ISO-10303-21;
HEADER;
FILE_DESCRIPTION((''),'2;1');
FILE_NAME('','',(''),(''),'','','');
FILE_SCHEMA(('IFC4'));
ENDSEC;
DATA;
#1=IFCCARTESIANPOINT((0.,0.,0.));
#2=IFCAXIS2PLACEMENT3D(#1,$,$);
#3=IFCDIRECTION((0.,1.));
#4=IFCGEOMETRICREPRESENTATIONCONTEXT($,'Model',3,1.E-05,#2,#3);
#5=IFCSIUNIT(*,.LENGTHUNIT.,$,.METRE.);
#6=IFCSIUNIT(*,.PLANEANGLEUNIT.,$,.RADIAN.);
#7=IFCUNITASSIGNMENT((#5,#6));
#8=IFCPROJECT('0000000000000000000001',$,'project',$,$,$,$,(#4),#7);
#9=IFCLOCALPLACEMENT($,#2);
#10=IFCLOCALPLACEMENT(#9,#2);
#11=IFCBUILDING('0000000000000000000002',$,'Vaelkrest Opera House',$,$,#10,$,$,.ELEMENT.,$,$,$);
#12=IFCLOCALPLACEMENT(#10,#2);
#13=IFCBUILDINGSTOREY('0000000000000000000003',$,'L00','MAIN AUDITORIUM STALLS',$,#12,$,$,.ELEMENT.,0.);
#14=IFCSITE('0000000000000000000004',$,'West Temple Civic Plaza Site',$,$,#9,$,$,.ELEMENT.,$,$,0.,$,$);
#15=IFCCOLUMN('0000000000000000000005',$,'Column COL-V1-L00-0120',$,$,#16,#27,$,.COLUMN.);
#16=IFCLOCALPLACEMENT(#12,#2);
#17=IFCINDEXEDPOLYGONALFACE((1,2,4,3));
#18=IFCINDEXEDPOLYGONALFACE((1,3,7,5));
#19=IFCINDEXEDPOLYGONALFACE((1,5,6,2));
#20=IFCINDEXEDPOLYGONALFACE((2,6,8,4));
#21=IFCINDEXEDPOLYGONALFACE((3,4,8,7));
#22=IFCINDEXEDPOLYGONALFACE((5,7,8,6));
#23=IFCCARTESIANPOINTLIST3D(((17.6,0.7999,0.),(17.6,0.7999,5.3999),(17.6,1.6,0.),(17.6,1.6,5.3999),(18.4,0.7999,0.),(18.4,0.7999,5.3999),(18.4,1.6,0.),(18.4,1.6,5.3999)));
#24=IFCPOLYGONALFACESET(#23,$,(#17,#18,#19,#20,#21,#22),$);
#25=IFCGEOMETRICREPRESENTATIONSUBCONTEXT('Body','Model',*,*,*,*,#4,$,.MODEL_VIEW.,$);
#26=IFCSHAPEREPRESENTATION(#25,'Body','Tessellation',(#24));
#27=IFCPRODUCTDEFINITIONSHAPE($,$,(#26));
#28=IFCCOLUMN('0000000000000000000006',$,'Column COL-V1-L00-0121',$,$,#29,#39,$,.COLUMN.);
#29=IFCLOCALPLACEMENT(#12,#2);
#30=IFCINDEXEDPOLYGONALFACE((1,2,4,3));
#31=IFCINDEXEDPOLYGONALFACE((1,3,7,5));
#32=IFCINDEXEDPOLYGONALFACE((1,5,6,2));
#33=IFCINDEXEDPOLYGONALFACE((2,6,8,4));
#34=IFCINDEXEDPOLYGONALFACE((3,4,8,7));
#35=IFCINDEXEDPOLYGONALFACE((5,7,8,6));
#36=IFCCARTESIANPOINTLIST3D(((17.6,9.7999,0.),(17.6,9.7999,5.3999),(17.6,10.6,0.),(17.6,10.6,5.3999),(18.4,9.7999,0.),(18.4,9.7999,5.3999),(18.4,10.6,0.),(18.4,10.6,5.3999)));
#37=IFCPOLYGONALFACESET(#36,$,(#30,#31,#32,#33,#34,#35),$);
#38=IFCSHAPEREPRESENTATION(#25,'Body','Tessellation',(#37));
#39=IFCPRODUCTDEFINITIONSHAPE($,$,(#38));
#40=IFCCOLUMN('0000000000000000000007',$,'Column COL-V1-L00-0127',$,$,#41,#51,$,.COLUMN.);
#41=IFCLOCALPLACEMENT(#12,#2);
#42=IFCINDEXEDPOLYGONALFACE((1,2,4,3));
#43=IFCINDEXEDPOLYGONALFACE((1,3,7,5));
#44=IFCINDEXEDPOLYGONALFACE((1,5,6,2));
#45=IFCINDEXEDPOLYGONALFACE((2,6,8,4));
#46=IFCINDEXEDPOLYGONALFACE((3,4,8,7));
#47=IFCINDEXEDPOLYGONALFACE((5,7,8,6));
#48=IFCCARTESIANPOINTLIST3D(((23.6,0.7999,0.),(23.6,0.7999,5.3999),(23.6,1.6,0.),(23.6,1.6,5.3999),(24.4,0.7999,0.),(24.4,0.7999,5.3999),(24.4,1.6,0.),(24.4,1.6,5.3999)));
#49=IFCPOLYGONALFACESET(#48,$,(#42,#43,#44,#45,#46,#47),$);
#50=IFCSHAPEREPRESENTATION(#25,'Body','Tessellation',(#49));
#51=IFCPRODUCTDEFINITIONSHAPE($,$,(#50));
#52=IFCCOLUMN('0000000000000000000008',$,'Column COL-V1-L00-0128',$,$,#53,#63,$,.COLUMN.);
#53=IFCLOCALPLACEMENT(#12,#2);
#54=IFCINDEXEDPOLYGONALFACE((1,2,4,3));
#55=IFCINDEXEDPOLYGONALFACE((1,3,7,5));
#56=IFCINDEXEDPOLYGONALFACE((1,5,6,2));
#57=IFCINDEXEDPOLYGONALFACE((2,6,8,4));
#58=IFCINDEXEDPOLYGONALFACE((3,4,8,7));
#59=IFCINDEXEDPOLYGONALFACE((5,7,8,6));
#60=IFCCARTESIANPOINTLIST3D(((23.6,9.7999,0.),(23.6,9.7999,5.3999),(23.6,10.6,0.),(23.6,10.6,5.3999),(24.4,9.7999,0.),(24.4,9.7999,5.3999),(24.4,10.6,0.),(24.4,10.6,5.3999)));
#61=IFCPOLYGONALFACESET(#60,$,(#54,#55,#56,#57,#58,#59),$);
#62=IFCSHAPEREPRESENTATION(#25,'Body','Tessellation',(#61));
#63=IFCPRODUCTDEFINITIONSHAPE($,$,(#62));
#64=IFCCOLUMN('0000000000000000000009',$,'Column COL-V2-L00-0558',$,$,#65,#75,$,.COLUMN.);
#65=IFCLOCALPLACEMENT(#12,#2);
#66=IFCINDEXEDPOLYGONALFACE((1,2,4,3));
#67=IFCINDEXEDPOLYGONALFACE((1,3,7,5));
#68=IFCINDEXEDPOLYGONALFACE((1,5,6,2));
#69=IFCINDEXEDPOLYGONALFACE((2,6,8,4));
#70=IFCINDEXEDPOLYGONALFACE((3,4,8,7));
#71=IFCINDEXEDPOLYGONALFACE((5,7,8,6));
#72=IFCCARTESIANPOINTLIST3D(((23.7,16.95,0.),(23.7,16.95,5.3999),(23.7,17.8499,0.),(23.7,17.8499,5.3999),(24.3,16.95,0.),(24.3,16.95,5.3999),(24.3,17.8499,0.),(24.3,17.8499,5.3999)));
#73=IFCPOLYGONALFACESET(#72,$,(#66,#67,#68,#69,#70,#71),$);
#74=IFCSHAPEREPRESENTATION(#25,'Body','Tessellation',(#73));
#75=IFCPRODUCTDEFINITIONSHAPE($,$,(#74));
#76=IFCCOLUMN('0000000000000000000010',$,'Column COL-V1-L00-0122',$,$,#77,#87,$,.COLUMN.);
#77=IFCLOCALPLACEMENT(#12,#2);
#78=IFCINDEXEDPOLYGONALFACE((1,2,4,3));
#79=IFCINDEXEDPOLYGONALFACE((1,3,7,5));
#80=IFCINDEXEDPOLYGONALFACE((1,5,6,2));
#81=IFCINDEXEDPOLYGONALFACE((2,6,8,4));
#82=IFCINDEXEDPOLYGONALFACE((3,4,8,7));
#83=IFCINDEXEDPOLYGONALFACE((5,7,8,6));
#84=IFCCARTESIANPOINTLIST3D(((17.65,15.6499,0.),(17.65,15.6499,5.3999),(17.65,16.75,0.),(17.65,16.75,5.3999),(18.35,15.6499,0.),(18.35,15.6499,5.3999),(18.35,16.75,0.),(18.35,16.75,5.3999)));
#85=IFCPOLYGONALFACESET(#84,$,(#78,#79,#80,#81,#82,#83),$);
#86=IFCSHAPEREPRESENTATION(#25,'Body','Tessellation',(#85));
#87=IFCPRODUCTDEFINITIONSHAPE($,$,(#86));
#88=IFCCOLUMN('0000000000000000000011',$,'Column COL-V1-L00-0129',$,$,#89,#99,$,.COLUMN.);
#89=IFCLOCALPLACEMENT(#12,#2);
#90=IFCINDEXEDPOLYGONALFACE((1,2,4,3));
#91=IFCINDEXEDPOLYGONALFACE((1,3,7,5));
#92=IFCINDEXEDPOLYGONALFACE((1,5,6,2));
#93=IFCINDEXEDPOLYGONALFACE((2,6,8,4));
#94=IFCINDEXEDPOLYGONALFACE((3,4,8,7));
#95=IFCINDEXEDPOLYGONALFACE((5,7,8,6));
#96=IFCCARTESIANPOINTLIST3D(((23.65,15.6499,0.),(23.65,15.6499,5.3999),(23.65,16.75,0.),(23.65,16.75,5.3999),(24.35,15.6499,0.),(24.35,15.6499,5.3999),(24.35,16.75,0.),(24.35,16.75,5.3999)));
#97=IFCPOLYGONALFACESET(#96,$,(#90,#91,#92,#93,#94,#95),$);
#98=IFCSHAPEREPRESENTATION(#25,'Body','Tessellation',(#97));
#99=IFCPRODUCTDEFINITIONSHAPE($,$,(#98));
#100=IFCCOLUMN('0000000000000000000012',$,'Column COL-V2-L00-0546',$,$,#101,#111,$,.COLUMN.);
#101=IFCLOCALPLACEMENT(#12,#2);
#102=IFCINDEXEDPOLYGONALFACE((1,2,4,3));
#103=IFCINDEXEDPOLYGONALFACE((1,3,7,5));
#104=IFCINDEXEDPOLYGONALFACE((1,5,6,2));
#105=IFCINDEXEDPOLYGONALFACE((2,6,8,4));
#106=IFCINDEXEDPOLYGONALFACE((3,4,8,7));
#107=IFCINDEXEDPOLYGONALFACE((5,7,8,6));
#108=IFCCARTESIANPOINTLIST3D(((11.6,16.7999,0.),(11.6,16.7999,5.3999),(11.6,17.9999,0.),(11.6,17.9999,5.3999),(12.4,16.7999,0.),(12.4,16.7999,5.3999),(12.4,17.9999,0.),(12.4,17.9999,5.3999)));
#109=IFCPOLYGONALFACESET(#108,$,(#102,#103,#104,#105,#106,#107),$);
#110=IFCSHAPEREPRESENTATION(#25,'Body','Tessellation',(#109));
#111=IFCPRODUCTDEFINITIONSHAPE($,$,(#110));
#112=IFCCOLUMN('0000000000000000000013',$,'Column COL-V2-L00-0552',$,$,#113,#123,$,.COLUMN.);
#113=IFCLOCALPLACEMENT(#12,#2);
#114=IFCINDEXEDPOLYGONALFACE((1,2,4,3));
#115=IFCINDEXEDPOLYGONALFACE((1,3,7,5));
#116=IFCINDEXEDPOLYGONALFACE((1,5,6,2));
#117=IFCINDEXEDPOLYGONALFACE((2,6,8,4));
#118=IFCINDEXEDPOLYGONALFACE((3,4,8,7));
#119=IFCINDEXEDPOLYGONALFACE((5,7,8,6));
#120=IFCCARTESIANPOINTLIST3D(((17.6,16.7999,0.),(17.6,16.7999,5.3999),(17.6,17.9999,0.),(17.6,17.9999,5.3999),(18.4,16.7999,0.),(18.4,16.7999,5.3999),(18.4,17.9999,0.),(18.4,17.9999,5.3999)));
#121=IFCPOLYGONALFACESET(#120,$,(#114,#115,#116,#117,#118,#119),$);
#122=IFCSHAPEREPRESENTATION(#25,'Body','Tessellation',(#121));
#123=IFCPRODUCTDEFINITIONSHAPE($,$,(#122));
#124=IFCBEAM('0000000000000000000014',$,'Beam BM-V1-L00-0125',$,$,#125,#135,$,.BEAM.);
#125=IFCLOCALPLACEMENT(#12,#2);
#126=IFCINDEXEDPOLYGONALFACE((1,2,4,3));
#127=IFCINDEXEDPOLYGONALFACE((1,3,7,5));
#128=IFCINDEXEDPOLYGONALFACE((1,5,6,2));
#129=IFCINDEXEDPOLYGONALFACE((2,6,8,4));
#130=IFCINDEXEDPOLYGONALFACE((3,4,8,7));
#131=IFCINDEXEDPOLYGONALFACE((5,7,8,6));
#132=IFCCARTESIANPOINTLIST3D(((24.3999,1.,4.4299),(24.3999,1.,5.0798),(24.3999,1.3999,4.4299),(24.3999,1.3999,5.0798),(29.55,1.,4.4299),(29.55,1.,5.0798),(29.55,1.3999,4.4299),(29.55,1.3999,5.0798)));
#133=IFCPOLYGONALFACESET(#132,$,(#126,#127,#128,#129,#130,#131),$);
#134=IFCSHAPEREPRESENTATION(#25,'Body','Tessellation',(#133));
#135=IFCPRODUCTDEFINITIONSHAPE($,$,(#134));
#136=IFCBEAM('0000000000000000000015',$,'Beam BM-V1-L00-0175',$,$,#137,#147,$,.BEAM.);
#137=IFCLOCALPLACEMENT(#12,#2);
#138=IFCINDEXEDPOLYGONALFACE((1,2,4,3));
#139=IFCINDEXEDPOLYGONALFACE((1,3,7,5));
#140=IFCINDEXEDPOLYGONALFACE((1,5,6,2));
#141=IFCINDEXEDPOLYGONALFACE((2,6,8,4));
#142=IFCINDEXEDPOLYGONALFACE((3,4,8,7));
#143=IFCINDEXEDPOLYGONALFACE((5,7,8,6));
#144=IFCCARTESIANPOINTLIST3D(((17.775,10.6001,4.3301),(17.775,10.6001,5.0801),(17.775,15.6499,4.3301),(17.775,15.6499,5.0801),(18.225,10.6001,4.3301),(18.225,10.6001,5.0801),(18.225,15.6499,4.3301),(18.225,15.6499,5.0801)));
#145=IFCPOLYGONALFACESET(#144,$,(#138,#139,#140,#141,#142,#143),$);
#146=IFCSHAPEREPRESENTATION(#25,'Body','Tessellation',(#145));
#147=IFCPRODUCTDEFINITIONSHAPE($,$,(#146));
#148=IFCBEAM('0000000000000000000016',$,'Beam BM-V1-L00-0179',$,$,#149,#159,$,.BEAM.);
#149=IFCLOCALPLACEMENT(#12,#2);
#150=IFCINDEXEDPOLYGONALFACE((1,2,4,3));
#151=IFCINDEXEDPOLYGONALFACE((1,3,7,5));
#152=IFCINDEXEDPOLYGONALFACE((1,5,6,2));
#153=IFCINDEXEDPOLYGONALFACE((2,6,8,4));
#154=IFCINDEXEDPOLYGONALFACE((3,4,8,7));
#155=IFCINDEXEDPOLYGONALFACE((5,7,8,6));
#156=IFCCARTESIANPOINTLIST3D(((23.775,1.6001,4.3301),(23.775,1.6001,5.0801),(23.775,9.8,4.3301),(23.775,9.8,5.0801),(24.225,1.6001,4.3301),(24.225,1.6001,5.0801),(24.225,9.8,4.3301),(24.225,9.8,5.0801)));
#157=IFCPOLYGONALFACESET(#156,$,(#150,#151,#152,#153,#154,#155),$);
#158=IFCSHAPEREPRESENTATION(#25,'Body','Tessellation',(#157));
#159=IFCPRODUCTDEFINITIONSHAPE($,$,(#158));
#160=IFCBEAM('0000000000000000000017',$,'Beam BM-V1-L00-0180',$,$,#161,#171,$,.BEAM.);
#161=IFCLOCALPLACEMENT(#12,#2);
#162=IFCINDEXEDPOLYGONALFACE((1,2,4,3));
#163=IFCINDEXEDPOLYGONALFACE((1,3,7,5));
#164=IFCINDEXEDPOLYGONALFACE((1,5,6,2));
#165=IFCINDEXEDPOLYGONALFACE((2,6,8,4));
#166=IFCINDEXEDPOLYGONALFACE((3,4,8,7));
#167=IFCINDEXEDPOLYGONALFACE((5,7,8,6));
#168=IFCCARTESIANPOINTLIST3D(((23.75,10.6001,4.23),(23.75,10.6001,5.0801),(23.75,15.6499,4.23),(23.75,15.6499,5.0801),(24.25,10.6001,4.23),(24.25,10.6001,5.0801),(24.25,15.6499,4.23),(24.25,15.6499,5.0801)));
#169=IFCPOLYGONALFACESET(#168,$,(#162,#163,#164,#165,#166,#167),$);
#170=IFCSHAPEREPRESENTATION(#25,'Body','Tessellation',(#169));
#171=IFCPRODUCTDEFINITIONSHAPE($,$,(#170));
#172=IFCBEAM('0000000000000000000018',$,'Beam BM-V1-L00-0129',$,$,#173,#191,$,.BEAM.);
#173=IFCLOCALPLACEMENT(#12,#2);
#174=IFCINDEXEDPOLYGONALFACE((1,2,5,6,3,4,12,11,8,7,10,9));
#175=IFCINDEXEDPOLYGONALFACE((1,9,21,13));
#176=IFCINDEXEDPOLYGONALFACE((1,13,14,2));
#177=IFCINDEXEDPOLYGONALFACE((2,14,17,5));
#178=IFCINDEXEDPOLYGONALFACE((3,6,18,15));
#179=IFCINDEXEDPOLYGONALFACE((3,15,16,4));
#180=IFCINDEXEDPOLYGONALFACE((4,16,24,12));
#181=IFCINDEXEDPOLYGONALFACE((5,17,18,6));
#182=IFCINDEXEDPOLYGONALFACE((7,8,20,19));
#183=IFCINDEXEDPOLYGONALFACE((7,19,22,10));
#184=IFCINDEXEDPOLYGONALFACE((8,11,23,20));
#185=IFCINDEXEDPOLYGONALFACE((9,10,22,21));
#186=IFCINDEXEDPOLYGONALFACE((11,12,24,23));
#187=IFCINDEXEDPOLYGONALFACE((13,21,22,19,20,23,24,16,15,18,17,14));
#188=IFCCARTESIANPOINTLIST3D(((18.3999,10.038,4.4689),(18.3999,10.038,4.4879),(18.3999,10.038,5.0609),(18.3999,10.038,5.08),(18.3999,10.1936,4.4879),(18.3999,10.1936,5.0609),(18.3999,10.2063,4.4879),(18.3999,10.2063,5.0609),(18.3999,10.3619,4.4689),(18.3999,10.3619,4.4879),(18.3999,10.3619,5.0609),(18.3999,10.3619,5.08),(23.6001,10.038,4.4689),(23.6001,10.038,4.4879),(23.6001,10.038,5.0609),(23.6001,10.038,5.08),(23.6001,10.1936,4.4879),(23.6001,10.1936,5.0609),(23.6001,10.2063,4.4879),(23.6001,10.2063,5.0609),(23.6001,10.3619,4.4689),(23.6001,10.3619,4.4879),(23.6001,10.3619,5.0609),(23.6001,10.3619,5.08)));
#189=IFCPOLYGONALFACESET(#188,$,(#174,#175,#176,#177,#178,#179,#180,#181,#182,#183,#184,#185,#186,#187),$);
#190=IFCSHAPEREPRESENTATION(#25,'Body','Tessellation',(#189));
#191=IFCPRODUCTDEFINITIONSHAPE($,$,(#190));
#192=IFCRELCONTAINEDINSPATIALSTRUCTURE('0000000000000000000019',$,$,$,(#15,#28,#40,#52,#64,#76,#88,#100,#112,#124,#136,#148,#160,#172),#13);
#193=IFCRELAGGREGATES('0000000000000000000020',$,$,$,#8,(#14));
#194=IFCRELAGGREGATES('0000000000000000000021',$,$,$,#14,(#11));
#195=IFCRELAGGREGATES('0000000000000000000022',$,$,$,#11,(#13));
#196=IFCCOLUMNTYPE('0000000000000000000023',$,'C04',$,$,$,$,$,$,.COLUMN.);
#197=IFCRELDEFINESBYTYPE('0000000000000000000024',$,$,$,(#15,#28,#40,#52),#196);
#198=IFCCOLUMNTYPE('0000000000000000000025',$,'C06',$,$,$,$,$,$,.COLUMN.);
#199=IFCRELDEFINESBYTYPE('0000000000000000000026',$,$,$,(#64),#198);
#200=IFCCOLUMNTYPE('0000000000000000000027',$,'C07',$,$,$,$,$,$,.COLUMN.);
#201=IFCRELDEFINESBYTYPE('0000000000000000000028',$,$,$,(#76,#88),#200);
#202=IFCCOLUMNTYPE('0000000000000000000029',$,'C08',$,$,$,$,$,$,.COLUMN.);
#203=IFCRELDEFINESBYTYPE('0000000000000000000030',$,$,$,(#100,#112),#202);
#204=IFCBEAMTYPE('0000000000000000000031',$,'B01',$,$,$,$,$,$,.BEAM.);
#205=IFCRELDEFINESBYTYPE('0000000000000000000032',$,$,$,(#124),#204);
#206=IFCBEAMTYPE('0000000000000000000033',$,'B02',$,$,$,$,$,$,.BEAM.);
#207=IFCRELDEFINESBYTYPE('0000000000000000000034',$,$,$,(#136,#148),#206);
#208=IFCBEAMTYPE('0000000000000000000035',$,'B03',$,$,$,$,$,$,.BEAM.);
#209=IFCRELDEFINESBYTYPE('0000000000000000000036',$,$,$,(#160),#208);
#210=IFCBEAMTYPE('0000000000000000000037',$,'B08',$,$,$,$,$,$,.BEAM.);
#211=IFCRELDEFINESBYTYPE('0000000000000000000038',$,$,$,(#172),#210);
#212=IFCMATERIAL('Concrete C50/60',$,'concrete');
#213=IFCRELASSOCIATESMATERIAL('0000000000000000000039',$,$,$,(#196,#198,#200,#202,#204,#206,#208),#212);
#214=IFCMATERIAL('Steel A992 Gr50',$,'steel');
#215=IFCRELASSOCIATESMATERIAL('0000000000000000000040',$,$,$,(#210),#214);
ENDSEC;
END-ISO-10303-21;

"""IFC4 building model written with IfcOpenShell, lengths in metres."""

from ifc_helpers import new_model, si_unit, direction, frame, origin, origin_2d, place, context, subcontext, project, spatial, rectangle, i_section, extrude, material, material_profile, profile_set, type_object, element, save


model = new_model("IFC4")

# Units and contexts
model_context = context("Model", 3, precision=1e-05, world=origin(), true_north=direction((0.0, 1.0)))
body_context = subcontext(model_context, "Body", "Model", "MODEL_VIEW")
ifc_project = project(units=[si_unit("LENGTHUNIT", "METRE"), si_unit("PLANEANGLEUNIT", "RADIAN")], contexts=[model_context])

# Site, building, storey
site_placement = place(None, origin())
site = spatial("IfcSite", under=ifc_project, at=site_placement, Name="West Temple Civic Plaza Site", CompositionType="ELEMENT", RefElevation=0.0)
building_placement = place(site_placement, origin())
building = spatial("IfcBuilding", under=site, at=building_placement, Name="Vaelkrest Opera House", CompositionType="ELEMENT")
storey_placement = place(building_placement, origin())
storey = spatial("IfcBuildingStorey", under=building, at=storey_placement, Name="L00", Description="MAIN AUDITORIUM STALLS", CompositionType="ELEMENT", Elevation=0.0)

# Columns
ifc_material_1 = material(Name="Concrete C50/60", Category="concrete")
ifc_material_profile_1 = material_profile(ifc_material_1, rectangle(XDim=0.8, YDim=0.8, at=origin_2d()), Name="RC800X800")
ifc_profile_set_1 = profile_set([ifc_material_profile_1], Name="Concrete C50/60")
column_type_1 = type_object("IfcColumnType", Name="C04", PredefinedType="COLUMN", material=ifc_profile_set_1)
for number, where, z_axis, x_axis, name in (
    (1, (18.0, 1.2, 0.0), (0.0, 0.0, 1.0), (1.0, 0.0, 0.0), "Column COL-V1-L00-0120"),
    (2, (18.0, 10.2, 0.0), (0.0, 0.0, 1.0), (1.0, 0.0, 0.0), "Column COL-V1-L00-0121"),
    (3, (24.0, 1.2, 0.0), (0.0, 0.0, 1.0), (1.0, 0.0, 0.0), "Column COL-V1-L00-0127"),
    (4, (24.0, 10.2, 0.0), (0.0, 0.0, 1.0), (1.0, 0.0, 0.0), "Column COL-V1-L00-0128"),
):
    element("IfcColumn", number, at=place(storey_placement, frame(where, z_axis=z_axis, x_axis=x_axis)), inside=storey, type_object=column_type_1, Name=name, PredefinedType="COLUMN", context=body_context, shape_type="SweptSolid", body=[
        extrude(rectangle(XDim=0.8, YDim=0.8, at=origin_2d()), origin(), (0.0, 0.0, 1.0), 5.3999),
    ])
ifc_material_profile_2 = material_profile(ifc_material_1, rectangle(XDim=0.6001, YDim=0.8999, at=origin_2d()), Name="RC600X900")
ifc_profile_set_2 = profile_set([ifc_material_profile_2], Name="Concrete C50/60")
column_type_2 = type_object("IfcColumnType", Name="C06", PredefinedType="COLUMN", material=ifc_profile_set_2)
column_placement = place(storey_placement, frame((24.0, 17.3999, 0.0), z_axis=(0.0, 0.0, 1.0), x_axis=(1.0, 0.0, 0.0)))
element("IfcColumn", 5, at=column_placement, inside=storey, type_object=column_type_2, Name="Column COL-V2-L00-0558", PredefinedType="COLUMN", context=body_context, shape_type="SweptSolid", body=[
    extrude(rectangle(XDim=0.6001, YDim=0.8999, at=origin_2d()), origin(), (0.0, 0.0, 1.0), 5.3999),
])
ifc_material_profile_3 = material_profile(ifc_material_1, rectangle(XDim=0.7, YDim=1.1001, at=origin_2d()), Name="RC700X1100")
ifc_profile_set_3 = profile_set([ifc_material_profile_3], Name="Concrete C50/60")
column_type_3 = type_object("IfcColumnType", Name="C07", PredefinedType="COLUMN", material=ifc_profile_set_3)
for number, where, z_axis, x_axis, name in (
    (6, (18.0, 16.2, 0.0), (0.0, 0.0, 1.0), (1.0, 0.0, 0.0), "Column COL-V1-L00-0122"),
    (7, (24.0, 16.2, 0.0), (0.0, 0.0, 1.0), (1.0, 0.0, 0.0), "Column COL-V1-L00-0129"),
):
    element("IfcColumn", number, at=place(storey_placement, frame(where, z_axis=z_axis, x_axis=x_axis)), inside=storey, type_object=column_type_3, Name=name, PredefinedType="COLUMN", context=body_context, shape_type="SweptSolid", body=[
        extrude(rectangle(XDim=0.7, YDim=1.1001, at=origin_2d()), origin(), (0.0, 0.0, 1.0), 5.3999),
    ])
ifc_material_profile_4 = material_profile(ifc_material_1, rectangle(XDim=0.8, YDim=1.2, at=origin_2d()), Name="RC800X1200")
ifc_profile_set_4 = profile_set([ifc_material_profile_4], Name="Concrete C50/60")
column_type_4 = type_object("IfcColumnType", Name="C08", PredefinedType="COLUMN", material=ifc_profile_set_4)
for number, where, z_axis, x_axis, name in (
    (8, (12.0, 17.3999, 0.0), (0.0, 0.0, 1.0), (1.0, 0.0, 0.0), "Column COL-V2-L00-0546"),
    (9, (18.0, 17.3999, 0.0), (0.0, 0.0, 1.0), (1.0, 0.0, 0.0), "Column COL-V2-L00-0552"),
):
    element("IfcColumn", number, at=place(storey_placement, frame(where, z_axis=z_axis, x_axis=x_axis)), inside=storey, type_object=column_type_4, Name=name, PredefinedType="COLUMN", context=body_context, shape_type="SweptSolid", body=[
        extrude(rectangle(XDim=0.8, YDim=1.2, at=origin_2d()), origin(), (0.0, 0.0, 1.0), 5.3999),
    ])

# Beams
ifc_material_profile_5 = material_profile(ifc_material_1, rectangle(XDim=0.3999, YDim=0.6499, at=origin_2d()), Name="RCB400X650")
ifc_profile_set_5 = profile_set([ifc_material_profile_5], Name="Concrete C50/60")
beam_type_1 = type_object("IfcBeamType", Name="B01", PredefinedType="BEAM", material=ifc_profile_set_5)
beam_1_placement = place(storey_placement, frame((24.3999, 1.2, 4.7549), z_axis=(1.0, 0.0, 0.0), x_axis=(0.0, 1.0, 0.0)))
element("IfcBeam", 10, at=beam_1_placement, inside=storey, type_object=beam_type_1, Name="Beam BM-V1-L00-0125", PredefinedType="BEAM", context=body_context, shape_type="SweptSolid", body=[
    extrude(rectangle(XDim=0.3999, YDim=0.6499, at=origin_2d()), origin(), (0.0, 0.0, 1.0), 5.1501),
])
ifc_material_profile_6 = material_profile(ifc_material_1, rectangle(XDim=0.45, YDim=0.75, at=origin_2d()), Name="RCB450X750")
ifc_profile_set_6 = profile_set([ifc_material_profile_6], Name="Concrete C50/60")
beam_type_2 = type_object("IfcBeamType", Name="B02", PredefinedType="BEAM", material=ifc_profile_set_6)
beam_2_placement = place(storey_placement, frame((18.0, 10.6001, 4.7051), z_axis=(0.0, 1.0, 0.0), x_axis=(-1.0, 0.0, 0.0)))
element("IfcBeam", 11, at=beam_2_placement, inside=storey, type_object=beam_type_2, Name="Beam BM-V1-L00-0175", PredefinedType="BEAM", context=body_context, shape_type="SweptSolid", body=[
    extrude(rectangle(XDim=0.45, YDim=0.75, at=origin_2d()), origin(), (0.0, 0.0, 1.0), 5.0498),
])
beam_3_placement = place(storey_placement, frame((24.0, 1.6001, 4.7051), z_axis=(0.0, 1.0, 0.0), x_axis=(-1.0, 0.0, 0.0)))
element("IfcBeam", 12, at=beam_3_placement, inside=storey, type_object=beam_type_2, Name="Beam BM-V1-L00-0179", PredefinedType="BEAM", context=body_context, shape_type="SweptSolid", body=[
    extrude(rectangle(XDim=0.45, YDim=0.75, at=origin_2d()), origin(), (0.0, 0.0, 1.0), 8.2),
])
ifc_material_profile_7 = material_profile(ifc_material_1, rectangle(XDim=0.5, YDim=0.8501, at=origin_2d()), Name="RCB500X850")
ifc_profile_set_7 = profile_set([ifc_material_profile_7], Name="Concrete C50/60")
beam_type_3 = type_object("IfcBeamType", Name="B03", PredefinedType="BEAM", material=ifc_profile_set_7)
beam_4_placement = place(storey_placement, frame((24.0, 10.6001, 4.655), z_axis=(0.0, 1.0, 0.0), x_axis=(-1.0, 0.0, 0.0)))
element("IfcBeam", 13, at=beam_4_placement, inside=storey, type_object=beam_type_3, Name="Beam BM-V1-L00-0180", PredefinedType="BEAM", context=body_context, shape_type="SweptSolid", body=[
    extrude(rectangle(XDim=0.5, YDim=0.8501, at=origin_2d()), origin(), (0.0, 0.0, 1.0), 5.0498),
])
ifc_material_2 = material(Name="Steel A992 Gr50", Category="steel")
ifc_material_profile_8 = material_profile(ifc_material_2, i_section(OverallWidth=0.324, OverallDepth=0.6111, WebThickness=0.0127, FlangeThickness=0.019, at=origin_2d()), Name="W24X104")
ifc_profile_set_8 = profile_set([ifc_material_profile_8], Name="Steel A992 Gr50")
beam_type_4 = type_object("IfcBeamType", Name="B08", PredefinedType="BEAM", material=ifc_profile_set_8)
beam_5_placement = place(storey_placement, frame((18.3999, 10.2, 4.7744), z_axis=(1.0, 0.0, 0.0), x_axis=(0.0, 1.0, 0.0)))
element("IfcBeam", 14, at=beam_5_placement, inside=storey, type_object=beam_type_4, Name="Beam BM-V1-L00-0129", PredefinedType="BEAM", context=body_context, shape_type="SweptSolid", body=[
    extrude(i_section(OverallWidth=0.324, OverallDepth=0.6111, WebThickness=0.0127, FlangeThickness=0.019, at=origin_2d()), origin(), (0.0, 0.0, 1.0), 5.2002),
])

save(model, "model.ifc")
